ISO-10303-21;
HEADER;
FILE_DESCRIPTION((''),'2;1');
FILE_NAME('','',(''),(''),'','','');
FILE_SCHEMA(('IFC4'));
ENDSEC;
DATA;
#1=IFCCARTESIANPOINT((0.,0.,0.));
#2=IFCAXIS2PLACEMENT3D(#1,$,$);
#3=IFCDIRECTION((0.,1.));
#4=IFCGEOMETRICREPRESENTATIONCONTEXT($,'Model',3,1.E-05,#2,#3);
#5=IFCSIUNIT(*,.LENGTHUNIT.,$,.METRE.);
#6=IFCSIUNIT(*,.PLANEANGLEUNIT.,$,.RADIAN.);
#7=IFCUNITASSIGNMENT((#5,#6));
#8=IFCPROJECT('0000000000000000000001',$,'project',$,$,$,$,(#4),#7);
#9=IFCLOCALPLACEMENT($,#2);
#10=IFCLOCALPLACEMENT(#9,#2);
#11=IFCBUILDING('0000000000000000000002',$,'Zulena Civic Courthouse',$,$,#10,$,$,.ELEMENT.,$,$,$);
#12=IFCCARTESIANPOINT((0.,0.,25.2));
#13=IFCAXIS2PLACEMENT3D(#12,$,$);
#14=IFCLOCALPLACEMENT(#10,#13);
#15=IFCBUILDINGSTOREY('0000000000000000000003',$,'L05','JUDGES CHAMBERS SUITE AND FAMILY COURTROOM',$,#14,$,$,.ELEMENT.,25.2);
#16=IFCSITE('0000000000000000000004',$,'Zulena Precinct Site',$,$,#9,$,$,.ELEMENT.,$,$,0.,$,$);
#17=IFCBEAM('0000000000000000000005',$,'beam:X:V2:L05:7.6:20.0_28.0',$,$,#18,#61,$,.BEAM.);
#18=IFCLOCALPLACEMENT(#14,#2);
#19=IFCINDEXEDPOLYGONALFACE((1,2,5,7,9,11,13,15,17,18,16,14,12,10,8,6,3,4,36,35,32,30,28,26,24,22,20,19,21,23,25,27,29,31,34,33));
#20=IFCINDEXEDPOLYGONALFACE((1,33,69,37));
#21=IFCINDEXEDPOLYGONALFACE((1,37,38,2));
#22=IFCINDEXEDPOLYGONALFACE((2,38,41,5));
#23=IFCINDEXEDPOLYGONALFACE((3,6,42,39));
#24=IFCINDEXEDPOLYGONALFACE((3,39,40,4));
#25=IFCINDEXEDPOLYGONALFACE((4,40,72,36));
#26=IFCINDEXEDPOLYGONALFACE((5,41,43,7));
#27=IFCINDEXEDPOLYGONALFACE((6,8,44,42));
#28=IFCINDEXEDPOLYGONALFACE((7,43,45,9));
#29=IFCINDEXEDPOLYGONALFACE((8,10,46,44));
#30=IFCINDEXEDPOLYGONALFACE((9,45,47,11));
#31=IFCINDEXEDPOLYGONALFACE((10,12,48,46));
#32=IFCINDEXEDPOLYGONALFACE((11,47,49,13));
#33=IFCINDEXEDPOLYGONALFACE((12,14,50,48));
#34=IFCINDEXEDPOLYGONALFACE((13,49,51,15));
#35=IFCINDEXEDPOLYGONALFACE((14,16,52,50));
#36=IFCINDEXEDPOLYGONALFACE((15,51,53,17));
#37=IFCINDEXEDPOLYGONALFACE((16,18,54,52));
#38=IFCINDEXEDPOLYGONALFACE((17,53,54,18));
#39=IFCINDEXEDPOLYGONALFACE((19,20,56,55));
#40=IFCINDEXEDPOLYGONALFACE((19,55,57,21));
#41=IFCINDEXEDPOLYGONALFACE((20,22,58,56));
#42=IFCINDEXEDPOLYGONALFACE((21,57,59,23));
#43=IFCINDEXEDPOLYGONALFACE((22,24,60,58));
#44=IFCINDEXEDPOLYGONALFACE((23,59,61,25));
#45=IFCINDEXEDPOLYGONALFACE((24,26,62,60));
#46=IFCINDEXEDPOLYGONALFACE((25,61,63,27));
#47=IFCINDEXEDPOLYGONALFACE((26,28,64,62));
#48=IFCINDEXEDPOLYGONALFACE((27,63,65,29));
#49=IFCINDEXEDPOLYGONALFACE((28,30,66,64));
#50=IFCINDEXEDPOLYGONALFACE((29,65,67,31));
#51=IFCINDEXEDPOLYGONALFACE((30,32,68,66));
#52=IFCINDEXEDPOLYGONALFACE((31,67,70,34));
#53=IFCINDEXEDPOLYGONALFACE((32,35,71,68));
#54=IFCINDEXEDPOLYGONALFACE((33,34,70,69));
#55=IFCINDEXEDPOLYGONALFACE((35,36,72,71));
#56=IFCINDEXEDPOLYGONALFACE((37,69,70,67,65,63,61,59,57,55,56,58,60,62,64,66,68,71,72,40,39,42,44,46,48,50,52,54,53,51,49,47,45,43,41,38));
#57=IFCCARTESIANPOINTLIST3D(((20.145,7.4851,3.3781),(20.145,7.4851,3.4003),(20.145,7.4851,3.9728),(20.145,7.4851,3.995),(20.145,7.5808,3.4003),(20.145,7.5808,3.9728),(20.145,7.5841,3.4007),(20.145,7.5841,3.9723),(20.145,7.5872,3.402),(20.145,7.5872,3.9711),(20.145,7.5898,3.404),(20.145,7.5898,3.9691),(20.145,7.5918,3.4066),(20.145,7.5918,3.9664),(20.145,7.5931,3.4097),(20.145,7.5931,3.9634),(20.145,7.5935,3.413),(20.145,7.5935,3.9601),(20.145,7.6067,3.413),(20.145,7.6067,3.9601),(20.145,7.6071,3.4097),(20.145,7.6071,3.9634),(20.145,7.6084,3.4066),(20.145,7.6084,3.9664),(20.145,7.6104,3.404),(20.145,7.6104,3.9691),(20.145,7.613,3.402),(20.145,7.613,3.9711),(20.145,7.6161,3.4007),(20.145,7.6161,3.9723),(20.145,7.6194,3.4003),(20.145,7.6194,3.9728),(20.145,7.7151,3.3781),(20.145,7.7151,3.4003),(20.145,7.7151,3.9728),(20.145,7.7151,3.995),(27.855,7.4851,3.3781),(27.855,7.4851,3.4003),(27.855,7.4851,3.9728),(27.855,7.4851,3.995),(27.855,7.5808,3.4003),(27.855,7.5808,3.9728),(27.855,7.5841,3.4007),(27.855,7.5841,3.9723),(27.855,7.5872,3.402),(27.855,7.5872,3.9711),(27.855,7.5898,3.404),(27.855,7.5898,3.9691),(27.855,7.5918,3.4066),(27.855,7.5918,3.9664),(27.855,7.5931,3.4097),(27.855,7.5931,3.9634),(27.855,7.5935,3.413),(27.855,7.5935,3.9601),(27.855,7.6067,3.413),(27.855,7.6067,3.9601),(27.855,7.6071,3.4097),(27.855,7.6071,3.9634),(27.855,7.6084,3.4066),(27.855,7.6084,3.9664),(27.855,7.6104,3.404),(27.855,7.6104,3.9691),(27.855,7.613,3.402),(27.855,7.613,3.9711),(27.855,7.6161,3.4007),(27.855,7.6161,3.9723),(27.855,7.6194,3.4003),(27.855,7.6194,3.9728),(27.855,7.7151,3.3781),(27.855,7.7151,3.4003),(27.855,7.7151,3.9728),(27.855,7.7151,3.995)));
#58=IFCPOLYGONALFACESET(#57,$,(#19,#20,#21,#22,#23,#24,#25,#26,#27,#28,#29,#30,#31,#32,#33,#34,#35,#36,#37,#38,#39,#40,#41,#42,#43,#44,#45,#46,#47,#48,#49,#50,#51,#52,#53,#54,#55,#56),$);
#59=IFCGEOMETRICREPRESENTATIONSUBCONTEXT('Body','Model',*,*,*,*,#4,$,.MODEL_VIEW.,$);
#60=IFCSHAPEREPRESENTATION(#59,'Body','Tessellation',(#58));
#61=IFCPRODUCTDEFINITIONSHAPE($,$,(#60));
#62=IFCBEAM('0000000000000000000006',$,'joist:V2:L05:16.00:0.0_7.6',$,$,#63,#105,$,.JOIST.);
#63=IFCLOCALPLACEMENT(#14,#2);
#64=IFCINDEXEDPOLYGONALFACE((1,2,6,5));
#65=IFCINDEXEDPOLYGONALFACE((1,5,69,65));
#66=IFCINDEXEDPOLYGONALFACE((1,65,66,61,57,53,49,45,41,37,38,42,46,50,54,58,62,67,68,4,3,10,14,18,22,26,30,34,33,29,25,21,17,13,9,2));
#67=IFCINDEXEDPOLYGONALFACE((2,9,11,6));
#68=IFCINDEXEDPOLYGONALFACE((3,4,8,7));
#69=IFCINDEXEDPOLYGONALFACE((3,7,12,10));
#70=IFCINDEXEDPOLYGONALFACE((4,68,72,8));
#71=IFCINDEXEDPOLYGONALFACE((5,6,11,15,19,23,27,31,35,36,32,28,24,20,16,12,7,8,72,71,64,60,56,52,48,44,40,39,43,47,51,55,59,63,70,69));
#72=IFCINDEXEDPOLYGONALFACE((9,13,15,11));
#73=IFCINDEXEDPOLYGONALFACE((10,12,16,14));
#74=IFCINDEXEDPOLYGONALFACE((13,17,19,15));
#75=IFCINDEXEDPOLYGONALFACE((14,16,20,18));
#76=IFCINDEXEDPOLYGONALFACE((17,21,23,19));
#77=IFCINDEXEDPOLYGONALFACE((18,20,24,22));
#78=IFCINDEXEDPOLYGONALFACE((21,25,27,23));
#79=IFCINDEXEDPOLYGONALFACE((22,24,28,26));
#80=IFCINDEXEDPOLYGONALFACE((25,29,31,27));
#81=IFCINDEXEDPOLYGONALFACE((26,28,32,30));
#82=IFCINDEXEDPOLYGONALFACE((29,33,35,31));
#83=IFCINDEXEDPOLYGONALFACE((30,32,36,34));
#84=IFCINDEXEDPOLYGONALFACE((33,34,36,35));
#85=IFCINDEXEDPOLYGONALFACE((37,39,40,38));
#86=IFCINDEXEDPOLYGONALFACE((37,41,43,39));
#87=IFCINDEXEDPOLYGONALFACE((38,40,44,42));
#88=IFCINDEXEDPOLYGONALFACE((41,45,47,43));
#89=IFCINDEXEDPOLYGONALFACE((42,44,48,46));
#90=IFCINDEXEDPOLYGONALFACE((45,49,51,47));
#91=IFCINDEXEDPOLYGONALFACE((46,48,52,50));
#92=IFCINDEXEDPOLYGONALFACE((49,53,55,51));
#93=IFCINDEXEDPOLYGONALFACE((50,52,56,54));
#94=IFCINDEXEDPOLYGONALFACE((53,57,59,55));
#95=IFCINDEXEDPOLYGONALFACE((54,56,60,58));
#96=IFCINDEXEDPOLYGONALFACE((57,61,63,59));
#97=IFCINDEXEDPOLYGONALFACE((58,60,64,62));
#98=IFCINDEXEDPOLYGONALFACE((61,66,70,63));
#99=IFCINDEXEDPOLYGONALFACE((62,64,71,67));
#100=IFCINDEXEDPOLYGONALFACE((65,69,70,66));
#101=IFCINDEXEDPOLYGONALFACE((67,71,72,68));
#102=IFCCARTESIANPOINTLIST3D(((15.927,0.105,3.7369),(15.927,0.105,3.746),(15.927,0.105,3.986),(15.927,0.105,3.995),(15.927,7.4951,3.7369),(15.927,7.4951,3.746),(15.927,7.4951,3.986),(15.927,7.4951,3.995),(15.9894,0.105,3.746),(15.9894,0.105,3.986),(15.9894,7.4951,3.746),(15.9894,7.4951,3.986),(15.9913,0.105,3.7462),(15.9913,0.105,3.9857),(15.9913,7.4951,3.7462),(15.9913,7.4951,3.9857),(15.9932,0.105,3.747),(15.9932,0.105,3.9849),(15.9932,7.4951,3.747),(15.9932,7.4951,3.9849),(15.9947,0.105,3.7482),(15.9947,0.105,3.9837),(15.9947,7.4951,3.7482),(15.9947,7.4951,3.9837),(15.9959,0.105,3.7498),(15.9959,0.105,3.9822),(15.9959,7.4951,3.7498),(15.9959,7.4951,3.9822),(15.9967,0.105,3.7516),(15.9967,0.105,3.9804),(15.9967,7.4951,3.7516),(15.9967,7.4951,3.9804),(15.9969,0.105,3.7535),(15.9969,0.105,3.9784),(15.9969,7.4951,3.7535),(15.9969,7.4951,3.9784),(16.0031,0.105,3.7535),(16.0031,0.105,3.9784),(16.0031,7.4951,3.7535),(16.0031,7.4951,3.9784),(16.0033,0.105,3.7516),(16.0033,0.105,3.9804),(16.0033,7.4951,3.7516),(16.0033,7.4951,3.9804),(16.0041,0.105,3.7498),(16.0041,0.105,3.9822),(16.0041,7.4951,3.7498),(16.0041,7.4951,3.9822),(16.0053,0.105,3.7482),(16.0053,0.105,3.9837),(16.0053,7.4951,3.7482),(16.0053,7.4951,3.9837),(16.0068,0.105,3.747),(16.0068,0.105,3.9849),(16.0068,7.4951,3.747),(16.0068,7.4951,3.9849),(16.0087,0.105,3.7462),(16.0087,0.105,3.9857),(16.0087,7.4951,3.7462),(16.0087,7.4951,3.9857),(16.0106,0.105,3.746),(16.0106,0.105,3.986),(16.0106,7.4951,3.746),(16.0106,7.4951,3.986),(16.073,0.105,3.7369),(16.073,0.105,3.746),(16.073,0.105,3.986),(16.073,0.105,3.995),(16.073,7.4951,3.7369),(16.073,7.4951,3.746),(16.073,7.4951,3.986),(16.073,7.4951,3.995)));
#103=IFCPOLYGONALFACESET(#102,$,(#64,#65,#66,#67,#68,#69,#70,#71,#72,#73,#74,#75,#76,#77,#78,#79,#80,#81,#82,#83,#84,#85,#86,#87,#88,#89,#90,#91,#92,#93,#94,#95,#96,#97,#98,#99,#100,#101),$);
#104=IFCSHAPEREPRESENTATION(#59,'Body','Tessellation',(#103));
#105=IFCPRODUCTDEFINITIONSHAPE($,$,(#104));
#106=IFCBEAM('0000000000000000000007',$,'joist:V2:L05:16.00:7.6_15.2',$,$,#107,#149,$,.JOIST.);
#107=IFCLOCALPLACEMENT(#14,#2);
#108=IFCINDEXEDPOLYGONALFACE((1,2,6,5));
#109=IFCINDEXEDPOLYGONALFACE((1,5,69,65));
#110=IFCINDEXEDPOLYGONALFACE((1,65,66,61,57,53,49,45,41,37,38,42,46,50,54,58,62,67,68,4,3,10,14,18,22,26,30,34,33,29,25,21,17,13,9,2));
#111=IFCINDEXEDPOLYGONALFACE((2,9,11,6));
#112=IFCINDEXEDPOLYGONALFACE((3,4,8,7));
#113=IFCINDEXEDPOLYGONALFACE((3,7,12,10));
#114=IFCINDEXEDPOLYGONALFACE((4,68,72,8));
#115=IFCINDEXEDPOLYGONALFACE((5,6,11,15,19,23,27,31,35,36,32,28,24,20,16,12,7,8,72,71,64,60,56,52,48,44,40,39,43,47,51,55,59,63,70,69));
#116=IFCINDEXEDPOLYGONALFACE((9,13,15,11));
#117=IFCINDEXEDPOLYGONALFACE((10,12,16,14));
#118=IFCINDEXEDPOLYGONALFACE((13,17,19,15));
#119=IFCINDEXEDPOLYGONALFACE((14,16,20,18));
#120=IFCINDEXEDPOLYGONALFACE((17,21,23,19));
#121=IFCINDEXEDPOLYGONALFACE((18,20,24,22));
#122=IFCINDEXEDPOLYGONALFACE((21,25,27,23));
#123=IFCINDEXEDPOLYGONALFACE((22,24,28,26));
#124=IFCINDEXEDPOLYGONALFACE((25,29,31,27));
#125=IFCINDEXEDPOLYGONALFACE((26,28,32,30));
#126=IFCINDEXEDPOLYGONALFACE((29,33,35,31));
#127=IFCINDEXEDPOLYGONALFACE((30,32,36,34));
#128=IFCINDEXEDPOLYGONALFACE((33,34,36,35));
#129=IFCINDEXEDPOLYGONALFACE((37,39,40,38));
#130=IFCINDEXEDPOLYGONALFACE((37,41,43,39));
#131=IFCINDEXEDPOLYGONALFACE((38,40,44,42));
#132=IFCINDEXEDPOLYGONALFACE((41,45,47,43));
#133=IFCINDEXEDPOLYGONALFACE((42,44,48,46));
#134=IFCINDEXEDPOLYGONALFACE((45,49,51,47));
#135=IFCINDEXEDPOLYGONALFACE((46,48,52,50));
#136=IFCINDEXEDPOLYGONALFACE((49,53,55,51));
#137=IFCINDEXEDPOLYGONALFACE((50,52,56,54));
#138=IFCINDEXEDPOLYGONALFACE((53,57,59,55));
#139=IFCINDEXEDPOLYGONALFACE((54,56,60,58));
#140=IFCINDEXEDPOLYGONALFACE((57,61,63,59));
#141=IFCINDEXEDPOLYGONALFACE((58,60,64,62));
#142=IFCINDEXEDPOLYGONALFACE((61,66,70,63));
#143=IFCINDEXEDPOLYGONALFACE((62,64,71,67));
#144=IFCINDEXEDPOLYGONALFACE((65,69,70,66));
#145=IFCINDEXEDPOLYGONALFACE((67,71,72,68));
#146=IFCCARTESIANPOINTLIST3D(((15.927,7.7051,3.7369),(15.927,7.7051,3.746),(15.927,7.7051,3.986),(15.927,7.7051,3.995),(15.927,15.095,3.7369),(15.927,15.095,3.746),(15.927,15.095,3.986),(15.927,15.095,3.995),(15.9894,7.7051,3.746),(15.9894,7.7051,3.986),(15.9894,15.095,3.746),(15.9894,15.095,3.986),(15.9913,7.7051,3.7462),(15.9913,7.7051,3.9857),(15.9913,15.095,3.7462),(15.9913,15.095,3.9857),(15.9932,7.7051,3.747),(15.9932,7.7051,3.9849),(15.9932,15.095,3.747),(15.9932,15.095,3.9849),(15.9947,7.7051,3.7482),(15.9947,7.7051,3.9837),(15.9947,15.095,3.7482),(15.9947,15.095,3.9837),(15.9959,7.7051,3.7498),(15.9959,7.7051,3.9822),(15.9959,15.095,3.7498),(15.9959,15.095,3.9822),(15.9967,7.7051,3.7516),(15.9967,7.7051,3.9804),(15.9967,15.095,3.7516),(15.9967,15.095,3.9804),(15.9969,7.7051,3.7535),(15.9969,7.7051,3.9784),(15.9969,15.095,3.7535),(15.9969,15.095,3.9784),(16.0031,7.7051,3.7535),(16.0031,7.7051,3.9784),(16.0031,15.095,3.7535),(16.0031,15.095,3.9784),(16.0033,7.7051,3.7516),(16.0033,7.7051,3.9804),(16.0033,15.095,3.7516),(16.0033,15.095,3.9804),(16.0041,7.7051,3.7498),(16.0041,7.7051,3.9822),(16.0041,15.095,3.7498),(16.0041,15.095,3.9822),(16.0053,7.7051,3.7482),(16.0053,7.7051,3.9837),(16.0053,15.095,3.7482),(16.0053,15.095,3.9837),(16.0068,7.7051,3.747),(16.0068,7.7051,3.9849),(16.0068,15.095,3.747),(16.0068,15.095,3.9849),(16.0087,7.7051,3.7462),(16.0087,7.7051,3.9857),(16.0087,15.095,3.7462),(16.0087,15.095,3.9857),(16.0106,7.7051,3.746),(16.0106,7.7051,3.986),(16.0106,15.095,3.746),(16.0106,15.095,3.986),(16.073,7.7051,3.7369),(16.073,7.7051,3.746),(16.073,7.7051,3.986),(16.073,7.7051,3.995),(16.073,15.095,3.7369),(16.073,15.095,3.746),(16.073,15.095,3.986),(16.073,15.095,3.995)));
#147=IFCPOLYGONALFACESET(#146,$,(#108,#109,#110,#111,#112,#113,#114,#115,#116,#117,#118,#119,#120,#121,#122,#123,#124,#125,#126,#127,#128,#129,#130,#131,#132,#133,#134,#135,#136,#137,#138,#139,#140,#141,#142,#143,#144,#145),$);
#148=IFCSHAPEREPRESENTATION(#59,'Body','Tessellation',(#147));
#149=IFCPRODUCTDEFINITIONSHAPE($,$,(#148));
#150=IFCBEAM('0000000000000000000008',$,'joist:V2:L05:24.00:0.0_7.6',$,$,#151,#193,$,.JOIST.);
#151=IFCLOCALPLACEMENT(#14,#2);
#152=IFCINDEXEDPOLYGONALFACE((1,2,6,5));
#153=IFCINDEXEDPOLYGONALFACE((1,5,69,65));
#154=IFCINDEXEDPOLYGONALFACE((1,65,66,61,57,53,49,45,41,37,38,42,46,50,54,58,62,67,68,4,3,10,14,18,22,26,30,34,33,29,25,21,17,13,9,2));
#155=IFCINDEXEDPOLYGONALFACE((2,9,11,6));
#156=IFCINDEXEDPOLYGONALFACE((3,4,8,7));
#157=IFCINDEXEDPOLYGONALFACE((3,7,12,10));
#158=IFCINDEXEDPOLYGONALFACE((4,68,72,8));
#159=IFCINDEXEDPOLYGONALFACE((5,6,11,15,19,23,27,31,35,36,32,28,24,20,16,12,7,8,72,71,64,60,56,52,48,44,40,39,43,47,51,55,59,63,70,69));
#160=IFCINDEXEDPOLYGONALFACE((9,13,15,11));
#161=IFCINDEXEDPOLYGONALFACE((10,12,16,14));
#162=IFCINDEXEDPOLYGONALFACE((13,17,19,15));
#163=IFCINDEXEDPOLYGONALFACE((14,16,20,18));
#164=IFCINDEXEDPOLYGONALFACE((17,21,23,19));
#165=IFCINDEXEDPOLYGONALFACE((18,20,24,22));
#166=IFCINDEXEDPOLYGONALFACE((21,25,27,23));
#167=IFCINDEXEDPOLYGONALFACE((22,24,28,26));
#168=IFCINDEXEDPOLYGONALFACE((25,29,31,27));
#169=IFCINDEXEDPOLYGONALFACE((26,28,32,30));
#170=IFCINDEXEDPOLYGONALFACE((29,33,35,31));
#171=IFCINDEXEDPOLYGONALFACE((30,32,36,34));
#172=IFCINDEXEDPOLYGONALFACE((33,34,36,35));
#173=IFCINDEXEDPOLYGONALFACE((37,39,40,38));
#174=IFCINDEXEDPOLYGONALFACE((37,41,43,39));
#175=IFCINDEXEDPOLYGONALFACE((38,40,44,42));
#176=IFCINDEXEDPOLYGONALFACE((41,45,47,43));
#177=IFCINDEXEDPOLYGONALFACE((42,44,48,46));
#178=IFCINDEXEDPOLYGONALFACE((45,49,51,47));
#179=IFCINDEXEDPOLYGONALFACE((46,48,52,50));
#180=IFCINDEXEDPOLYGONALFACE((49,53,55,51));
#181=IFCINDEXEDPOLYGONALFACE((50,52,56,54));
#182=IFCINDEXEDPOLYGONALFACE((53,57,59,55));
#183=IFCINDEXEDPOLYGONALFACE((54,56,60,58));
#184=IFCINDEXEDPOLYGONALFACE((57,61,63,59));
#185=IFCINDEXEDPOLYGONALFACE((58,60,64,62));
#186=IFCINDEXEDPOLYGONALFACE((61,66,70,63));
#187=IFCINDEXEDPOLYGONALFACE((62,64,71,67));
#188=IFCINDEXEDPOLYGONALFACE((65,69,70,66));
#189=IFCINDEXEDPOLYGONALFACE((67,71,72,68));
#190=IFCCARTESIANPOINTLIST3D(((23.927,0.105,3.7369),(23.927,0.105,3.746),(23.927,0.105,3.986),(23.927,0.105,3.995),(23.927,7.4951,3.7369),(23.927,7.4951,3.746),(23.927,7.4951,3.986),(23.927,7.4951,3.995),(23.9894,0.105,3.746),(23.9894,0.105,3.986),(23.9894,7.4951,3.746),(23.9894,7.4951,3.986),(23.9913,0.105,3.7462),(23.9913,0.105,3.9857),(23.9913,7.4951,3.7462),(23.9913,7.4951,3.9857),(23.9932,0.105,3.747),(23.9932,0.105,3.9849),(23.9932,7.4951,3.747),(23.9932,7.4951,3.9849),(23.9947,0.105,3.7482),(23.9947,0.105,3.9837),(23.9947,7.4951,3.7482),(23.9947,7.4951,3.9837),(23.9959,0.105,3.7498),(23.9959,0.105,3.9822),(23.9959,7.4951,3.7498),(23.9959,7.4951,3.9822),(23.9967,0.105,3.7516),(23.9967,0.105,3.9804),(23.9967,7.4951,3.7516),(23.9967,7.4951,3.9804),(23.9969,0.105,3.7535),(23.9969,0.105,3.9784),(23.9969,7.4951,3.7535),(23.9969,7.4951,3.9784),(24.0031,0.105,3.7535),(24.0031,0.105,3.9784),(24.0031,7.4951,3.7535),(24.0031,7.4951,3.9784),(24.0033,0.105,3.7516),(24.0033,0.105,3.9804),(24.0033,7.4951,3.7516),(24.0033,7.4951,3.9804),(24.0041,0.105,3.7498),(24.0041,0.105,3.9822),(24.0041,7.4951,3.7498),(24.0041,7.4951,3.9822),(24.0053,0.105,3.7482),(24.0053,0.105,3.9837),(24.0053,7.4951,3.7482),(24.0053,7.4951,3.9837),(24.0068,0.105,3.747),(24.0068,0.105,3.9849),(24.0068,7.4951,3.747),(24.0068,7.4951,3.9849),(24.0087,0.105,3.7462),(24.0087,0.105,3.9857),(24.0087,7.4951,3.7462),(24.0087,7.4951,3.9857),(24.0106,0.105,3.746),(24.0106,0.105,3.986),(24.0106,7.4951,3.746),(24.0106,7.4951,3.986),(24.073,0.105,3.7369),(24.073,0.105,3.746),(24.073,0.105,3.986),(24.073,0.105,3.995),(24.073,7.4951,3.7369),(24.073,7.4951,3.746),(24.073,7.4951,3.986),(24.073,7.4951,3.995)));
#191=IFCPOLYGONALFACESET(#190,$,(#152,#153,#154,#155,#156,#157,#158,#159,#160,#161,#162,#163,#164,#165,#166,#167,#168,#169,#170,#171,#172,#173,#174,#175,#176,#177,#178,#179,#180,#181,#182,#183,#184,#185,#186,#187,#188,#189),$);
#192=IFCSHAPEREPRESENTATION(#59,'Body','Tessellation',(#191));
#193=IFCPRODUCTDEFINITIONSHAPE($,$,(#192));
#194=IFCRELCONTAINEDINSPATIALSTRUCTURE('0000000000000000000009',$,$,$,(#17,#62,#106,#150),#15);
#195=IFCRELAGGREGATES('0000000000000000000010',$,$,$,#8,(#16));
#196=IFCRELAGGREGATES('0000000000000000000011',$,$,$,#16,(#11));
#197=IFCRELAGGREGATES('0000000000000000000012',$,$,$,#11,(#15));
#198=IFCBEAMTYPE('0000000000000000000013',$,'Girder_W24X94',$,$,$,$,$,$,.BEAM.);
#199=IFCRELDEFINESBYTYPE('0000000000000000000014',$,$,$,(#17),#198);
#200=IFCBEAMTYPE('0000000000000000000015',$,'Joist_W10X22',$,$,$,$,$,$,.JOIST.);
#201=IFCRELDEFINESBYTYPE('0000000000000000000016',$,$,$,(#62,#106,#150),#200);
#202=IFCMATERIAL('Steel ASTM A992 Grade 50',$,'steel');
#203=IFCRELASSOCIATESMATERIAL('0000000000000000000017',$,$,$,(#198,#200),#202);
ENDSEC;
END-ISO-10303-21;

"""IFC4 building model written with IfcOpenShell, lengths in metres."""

from ifc_helpers import new_model, si_unit, direction, frame, origin, origin_2d, place, context, subcontext, project, spatial, i_section, extrude, material, material_profile, profile_set, type_object, element, save


model = new_model("IFC4")

# Units and contexts
model_context = context("Model", 3, precision=1e-05, world=origin(), true_north=direction((0.0, 1.0)))
body_context = subcontext(model_context, "Body", "Model", "MODEL_VIEW")
ifc_project = project(units=[si_unit("LENGTHUNIT", "METRE"), si_unit("PLANEANGLEUNIT", "RADIAN")], contexts=[model_context])

# Site, building, storey
site_placement = place(None, origin())
site = spatial("IfcSite", under=ifc_project, at=site_placement, Name="Zulena Precinct Site", CompositionType="ELEMENT", RefElevation=0.0)
building_placement = place(site_placement, origin())
building = spatial("IfcBuilding", under=site, at=building_placement, Name="Zulena Civic Courthouse", CompositionType="ELEMENT")
storey_placement = place(building_placement, frame((0.0, 0.0, 25.2)))
storey = spatial("IfcBuildingStorey", under=building, at=storey_placement, Name="L05", Description="JUDGES CHAMBERS SUITE AND FAMILY COURTROOM", CompositionType="ELEMENT", Elevation=25.2)

# Shared definitions
ifc_material_1 = material(Name="Steel ASTM A992 Grade 50", Category="steel")

# Beams
ifc_material_profile_1 = material_profile(ifc_material_1, i_section(OverallWidth=0.23, OverallDepth=0.6169, WebThickness=0.0132, FlangeThickness=0.0222, FilletRadius=0.0127, at=origin_2d()), Name="W24X94")
ifc_profile_set_1 = profile_set([ifc_material_profile_1], Name="Steel ASTM A992 Grade 50")
beam_type_1 = type_object("IfcBeamType", Name="Girder_W24X94", PredefinedType="BEAM", material=ifc_profile_set_1)
beam_1_placement = place(storey_placement, frame((20.145, 7.6001, 3.6865), z_axis=(1.0, 0.0, 0.0), x_axis=(0.0, 1.0, 0.0)))
element("IfcBeam", 1, at=beam_1_placement, inside=storey, type_object=beam_type_1, Name="beam:X:V2:L05:7.6:20.0_28.0", PredefinedType="BEAM", context=body_context, shape_type="SweptSolid", body=[
    extrude(i_section(OverallWidth=0.23, OverallDepth=0.6169, WebThickness=0.0132, FlangeThickness=0.0222, FilletRadius=0.0127, at=origin_2d()), origin(), (0.0, 0.0, 1.0), 7.71),
])
ifc_material_profile_2 = material_profile(ifc_material_1, i_section(OverallWidth=0.146, OverallDepth=0.2581, WebThickness=0.0061, FlangeThickness=0.009, FilletRadius=0.0076, at=origin_2d()), Name="W10X22")
ifc_profile_set_2 = profile_set([ifc_material_profile_2], Name="Steel ASTM A992 Grade 50")
beam_type_2 = type_object("IfcBeamType", Name="Joist_W10X22", PredefinedType="JOIST", material=ifc_profile_set_2)
beam_2_placement = place(storey_placement, frame((16.0, 0.105, 3.866), z_axis=(0.0, 1.0, 0.0), x_axis=(-1.0, 0.0, 0.0)))
element("IfcBeam", 2, at=beam_2_placement, inside=storey, type_object=beam_type_2, Name="joist:V2:L05:16.00:0.0_7.6", PredefinedType="JOIST", context=body_context, shape_type="SweptSolid", body=[
    extrude(i_section(OverallWidth=0.146, OverallDepth=0.2581, WebThickness=0.0061, FlangeThickness=0.009, FilletRadius=0.0076, at=origin_2d()), origin(), (0.0, 0.0, 1.0), 7.3901),
])
beam_3_placement = place(storey_placement, frame((16.0, 7.7051, 3.866), z_axis=(0.0, 1.0, 0.0), x_axis=(-1.0, 0.0, 0.0)))
element("IfcBeam", 3, at=beam_3_placement, inside=storey, type_object=beam_type_2, Name="joist:V2:L05:16.00:7.6_15.2", PredefinedType="JOIST", context=body_context, shape_type="SweptSolid", body=[
    extrude(i_section(OverallWidth=0.146, OverallDepth=0.2581, WebThickness=0.0061, FlangeThickness=0.009, FilletRadius=0.0076, at=origin_2d()), origin(), (0.0, 0.0, 1.0), 7.3899),
])
beam_4_placement = place(storey_placement, frame((24.0, 0.105, 3.866), z_axis=(0.0, 1.0, 0.0), x_axis=(-1.0, 0.0, 0.0)))
element("IfcBeam", 4, at=beam_4_placement, inside=storey, type_object=beam_type_2, Name="joist:V2:L05:24.00:0.0_7.6", PredefinedType="JOIST", context=body_context, shape_type="SweptSolid", body=[
    extrude(i_section(OverallWidth=0.146, OverallDepth=0.2581, WebThickness=0.0061, FlangeThickness=0.009, FilletRadius=0.0076, at=origin_2d()), origin(), (0.0, 0.0, 1.0), 7.3901),
])

save(model, "model.ifc")
